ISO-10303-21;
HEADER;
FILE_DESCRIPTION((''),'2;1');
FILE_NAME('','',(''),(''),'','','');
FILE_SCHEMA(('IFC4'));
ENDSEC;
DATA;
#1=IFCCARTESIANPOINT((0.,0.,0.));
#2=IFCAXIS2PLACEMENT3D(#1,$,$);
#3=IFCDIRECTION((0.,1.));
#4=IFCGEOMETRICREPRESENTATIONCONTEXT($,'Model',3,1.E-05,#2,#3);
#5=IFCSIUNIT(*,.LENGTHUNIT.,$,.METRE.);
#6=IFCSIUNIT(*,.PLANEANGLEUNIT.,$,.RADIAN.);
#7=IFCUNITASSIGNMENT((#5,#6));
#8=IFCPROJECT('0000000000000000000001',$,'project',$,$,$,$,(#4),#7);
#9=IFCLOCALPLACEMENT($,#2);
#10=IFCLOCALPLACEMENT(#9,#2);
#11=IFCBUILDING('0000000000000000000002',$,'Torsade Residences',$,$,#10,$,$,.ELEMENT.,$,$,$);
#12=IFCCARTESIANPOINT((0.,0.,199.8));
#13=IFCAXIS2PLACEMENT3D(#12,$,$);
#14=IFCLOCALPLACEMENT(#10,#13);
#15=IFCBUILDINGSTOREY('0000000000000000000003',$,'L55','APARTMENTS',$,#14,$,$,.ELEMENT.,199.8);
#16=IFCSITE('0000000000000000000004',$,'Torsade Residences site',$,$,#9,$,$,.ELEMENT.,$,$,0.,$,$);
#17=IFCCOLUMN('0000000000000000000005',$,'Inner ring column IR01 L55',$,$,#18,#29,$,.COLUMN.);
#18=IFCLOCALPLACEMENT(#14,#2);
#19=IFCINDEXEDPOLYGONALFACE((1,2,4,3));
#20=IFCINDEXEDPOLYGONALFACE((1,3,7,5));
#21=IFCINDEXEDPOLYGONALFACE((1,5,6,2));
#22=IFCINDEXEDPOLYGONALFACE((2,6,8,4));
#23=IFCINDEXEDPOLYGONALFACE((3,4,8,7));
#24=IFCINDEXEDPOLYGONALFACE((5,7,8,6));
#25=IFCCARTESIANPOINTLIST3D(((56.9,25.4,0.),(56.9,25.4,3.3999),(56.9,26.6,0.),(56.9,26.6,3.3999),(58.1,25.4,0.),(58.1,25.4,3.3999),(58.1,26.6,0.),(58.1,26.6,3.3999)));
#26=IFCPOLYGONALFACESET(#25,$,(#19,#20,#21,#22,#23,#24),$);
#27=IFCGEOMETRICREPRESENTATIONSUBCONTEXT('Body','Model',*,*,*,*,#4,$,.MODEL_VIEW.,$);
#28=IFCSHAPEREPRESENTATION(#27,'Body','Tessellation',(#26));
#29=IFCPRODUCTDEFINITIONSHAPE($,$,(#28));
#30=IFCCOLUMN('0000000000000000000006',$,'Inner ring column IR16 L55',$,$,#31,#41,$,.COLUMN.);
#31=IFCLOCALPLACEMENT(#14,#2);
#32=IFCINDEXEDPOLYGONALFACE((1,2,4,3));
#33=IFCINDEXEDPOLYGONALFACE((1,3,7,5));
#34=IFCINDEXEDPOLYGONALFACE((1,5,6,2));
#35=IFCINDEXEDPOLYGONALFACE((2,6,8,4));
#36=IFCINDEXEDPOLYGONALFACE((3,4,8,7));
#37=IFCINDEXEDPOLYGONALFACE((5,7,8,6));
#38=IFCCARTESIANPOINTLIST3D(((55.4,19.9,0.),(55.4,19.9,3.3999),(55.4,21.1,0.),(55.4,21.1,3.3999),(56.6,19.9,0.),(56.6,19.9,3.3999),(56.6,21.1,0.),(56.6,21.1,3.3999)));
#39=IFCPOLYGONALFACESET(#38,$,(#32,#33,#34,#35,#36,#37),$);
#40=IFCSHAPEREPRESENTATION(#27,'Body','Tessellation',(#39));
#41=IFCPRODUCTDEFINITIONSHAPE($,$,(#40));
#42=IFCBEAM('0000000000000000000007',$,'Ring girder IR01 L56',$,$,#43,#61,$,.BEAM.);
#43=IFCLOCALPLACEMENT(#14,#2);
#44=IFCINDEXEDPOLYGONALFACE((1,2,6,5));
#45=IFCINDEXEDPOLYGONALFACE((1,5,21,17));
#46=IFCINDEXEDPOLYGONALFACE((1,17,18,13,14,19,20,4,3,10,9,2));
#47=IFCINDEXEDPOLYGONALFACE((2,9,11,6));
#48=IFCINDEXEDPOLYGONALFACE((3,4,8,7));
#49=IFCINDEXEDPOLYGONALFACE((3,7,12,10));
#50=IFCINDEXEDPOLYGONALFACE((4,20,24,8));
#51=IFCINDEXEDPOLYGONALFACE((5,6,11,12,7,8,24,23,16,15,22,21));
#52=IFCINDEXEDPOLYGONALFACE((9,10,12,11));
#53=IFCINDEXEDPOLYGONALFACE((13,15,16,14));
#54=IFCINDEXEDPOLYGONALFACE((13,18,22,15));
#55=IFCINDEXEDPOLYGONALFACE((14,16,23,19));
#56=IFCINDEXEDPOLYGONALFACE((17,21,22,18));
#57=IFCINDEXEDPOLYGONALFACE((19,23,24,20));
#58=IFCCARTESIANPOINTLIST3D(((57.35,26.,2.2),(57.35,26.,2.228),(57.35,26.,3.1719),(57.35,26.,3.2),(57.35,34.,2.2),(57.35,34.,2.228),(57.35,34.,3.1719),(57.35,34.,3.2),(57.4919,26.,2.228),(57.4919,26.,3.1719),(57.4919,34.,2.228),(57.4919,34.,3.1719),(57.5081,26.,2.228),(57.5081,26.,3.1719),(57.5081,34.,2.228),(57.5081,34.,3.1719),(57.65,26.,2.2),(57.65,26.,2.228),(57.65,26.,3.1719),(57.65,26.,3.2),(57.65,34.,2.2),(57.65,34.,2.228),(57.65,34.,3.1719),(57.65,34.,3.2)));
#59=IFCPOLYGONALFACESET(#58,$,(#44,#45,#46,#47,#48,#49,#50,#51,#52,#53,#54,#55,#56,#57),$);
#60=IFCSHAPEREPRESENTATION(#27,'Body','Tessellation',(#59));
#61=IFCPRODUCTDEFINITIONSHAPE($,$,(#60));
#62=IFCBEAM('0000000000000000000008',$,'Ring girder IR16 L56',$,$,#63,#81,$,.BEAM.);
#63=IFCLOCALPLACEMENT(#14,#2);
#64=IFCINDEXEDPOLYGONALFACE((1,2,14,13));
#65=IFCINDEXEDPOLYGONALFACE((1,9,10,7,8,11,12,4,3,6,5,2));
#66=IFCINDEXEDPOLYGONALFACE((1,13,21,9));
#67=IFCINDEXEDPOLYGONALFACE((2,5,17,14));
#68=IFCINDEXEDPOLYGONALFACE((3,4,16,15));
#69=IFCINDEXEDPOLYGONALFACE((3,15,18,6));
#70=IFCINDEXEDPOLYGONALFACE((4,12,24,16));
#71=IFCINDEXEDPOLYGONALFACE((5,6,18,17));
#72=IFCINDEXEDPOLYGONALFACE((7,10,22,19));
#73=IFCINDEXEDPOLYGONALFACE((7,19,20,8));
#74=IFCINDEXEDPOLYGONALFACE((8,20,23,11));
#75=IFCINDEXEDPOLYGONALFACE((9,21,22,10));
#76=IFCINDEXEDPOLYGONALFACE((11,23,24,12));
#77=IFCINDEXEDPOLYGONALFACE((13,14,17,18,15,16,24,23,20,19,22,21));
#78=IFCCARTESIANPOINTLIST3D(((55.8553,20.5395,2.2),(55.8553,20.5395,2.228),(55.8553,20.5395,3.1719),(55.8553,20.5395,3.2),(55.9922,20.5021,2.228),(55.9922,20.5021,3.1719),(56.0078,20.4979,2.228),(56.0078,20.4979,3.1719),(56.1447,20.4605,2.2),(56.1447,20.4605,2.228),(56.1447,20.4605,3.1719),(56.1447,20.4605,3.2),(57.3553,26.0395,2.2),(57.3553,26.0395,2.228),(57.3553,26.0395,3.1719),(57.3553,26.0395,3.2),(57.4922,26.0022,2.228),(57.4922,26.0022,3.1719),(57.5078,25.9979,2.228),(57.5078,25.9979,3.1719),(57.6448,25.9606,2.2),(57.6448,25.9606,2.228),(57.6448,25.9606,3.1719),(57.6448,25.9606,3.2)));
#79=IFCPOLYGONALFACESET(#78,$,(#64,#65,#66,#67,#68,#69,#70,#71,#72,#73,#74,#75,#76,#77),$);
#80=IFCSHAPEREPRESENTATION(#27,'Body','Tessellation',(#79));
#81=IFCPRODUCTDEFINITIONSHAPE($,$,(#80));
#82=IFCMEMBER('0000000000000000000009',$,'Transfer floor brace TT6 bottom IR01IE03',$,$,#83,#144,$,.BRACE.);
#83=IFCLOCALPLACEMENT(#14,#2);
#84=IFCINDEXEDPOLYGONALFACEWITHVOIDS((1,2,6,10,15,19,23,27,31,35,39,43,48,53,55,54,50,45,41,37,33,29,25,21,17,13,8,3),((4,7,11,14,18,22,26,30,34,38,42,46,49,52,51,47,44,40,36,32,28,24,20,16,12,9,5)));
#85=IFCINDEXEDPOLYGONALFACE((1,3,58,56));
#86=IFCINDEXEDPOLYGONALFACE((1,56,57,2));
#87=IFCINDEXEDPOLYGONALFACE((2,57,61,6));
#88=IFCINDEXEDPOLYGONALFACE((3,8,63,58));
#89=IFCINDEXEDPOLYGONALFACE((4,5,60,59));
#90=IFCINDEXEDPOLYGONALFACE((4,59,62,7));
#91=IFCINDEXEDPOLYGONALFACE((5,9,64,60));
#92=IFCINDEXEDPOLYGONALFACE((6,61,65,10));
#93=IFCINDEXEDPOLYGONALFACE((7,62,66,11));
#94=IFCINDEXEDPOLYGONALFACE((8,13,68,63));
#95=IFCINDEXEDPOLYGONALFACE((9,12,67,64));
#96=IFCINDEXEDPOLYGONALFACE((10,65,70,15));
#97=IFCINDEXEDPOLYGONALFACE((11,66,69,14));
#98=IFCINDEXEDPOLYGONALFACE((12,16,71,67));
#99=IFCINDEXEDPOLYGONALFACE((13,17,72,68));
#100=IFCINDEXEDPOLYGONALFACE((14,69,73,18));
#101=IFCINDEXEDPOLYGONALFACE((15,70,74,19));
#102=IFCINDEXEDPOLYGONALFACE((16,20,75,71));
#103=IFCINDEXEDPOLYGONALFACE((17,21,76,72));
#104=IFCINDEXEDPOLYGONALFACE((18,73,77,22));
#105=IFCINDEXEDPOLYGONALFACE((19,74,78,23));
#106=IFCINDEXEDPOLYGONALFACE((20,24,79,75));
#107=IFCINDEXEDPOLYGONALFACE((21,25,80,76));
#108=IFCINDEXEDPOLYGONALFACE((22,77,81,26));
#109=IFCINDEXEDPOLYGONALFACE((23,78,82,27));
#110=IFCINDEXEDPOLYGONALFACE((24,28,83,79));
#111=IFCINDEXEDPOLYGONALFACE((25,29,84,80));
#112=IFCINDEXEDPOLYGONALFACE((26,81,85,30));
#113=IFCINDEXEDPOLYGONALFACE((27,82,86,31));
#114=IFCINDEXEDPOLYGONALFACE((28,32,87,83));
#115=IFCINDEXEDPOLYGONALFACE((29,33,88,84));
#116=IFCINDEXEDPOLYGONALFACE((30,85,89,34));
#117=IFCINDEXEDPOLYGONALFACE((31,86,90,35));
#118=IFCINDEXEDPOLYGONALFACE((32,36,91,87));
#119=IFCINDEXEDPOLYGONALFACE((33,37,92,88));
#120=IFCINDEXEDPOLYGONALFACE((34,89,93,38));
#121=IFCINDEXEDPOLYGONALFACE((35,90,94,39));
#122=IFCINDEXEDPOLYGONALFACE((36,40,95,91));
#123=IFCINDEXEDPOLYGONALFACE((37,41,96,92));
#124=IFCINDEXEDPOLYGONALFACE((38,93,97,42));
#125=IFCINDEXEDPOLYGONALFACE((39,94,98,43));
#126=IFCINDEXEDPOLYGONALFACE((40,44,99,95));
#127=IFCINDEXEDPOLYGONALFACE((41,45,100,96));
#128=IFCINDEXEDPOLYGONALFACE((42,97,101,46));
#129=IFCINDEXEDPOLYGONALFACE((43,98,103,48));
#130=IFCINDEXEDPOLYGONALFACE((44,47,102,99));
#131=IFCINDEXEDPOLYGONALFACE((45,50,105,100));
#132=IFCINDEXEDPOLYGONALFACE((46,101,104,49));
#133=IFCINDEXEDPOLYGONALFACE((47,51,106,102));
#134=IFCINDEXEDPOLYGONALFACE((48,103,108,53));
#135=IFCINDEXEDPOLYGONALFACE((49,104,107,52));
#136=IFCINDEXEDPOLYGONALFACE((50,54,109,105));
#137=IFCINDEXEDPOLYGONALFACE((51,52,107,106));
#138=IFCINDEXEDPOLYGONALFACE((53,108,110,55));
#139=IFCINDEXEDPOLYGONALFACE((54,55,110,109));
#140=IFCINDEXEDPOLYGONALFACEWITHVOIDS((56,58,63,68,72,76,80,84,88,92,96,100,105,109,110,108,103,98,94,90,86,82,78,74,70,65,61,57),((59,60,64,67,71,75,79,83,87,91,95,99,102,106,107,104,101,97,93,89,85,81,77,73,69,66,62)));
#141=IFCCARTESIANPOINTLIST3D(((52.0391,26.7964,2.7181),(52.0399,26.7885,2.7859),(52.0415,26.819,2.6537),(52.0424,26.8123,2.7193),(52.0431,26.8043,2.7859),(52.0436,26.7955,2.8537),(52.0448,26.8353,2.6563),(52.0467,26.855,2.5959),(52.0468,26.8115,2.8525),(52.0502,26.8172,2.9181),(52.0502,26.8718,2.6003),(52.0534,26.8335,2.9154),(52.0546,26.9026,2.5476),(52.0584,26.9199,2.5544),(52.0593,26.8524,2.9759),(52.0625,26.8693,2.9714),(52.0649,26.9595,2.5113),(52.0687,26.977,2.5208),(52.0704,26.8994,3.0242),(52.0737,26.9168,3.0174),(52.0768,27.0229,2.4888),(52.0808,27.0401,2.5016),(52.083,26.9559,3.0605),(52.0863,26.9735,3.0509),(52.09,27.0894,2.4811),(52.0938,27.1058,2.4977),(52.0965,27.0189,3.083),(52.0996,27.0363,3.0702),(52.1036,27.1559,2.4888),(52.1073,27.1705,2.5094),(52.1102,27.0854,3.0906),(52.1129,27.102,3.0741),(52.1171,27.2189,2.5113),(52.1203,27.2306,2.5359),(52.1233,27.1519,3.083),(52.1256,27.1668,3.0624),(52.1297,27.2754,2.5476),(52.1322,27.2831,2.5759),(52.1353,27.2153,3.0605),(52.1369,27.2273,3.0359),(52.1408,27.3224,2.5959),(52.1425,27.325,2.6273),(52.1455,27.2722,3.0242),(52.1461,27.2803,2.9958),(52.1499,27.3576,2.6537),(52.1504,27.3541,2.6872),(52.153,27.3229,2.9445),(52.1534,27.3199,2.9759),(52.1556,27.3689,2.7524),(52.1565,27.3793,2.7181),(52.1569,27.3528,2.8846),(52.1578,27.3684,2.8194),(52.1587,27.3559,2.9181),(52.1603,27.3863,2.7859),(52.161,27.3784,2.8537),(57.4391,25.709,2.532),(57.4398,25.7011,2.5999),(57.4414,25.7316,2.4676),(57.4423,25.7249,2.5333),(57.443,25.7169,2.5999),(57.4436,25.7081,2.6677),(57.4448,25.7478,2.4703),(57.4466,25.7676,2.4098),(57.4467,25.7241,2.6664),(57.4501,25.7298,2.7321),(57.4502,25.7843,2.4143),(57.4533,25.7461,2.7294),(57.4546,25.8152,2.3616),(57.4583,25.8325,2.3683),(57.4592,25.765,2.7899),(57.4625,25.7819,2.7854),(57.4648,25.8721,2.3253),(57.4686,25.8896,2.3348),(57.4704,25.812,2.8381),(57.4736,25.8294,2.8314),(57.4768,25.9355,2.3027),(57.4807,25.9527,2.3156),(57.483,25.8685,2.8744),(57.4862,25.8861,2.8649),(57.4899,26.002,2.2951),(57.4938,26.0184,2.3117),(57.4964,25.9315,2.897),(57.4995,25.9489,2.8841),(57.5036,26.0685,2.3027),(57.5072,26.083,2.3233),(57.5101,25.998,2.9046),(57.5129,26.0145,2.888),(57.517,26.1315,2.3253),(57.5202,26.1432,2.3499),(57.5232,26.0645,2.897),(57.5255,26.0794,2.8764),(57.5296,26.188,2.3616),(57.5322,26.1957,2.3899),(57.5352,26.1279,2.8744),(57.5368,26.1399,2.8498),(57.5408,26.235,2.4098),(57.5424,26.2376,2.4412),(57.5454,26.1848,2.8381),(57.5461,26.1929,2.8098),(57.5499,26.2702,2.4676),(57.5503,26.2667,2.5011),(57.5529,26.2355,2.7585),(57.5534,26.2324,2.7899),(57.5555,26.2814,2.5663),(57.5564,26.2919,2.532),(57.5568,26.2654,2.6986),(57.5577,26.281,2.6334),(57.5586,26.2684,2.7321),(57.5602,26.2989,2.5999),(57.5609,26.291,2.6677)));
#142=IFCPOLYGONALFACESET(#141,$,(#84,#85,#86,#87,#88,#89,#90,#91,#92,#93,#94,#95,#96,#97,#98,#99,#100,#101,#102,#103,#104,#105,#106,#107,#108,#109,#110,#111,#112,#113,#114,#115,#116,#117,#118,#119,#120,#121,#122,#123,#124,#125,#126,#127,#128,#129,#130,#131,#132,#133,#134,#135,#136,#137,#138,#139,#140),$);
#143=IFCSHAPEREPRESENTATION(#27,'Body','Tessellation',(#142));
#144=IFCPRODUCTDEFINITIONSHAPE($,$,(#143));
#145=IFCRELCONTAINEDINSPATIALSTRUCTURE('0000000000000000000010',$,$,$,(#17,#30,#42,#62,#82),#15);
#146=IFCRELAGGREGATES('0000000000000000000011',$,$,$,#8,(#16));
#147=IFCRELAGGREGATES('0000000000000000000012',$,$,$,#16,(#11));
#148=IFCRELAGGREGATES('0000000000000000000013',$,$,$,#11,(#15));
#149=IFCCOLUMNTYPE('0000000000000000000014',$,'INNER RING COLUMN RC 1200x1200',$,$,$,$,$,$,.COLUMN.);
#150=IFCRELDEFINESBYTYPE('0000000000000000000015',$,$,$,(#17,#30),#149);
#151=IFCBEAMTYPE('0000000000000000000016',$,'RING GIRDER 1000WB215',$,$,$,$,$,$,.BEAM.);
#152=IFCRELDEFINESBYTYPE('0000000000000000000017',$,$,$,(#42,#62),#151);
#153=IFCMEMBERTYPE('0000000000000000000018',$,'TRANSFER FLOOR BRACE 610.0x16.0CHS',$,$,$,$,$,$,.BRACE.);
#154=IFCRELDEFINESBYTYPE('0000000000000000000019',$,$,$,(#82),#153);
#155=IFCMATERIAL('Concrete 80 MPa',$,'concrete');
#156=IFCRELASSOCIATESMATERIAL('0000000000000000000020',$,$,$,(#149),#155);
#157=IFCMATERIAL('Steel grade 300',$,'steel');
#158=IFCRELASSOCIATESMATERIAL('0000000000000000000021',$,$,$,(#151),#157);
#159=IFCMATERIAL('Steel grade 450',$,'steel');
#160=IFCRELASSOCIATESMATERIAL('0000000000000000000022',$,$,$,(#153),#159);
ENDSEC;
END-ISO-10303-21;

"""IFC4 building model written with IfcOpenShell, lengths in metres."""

from ifc_helpers import new_model, si_unit, direction, frame, origin, origin_2d, place, context, subcontext, project, spatial, rectangle, hollow_circle, i_section, extrude, material, material_profile, profile_set, type_object, element, save


model = new_model("IFC4")

# Units and contexts
model_context = context("Model", 3, precision=1e-05, world=origin(), true_north=direction((0.0, 1.0)))
body_context = subcontext(model_context, "Body", "Model", "MODEL_VIEW")
ifc_project = project(units=[si_unit("LENGTHUNIT", "METRE"), si_unit("PLANEANGLEUNIT", "RADIAN")], contexts=[model_context])

# Site, building, storey
site_placement = place(None, origin())
site = spatial("IfcSite", under=ifc_project, at=site_placement, Name="Torsade Residences site", CompositionType="ELEMENT", RefElevation=0.0)
building_placement = place(site_placement, origin())
building = spatial("IfcBuilding", under=site, at=building_placement, Name="Torsade Residences", CompositionType="ELEMENT")
storey_placement = place(building_placement, frame((0.0, 0.0, 199.8)))
storey = spatial("IfcBuildingStorey", under=building, at=storey_placement, Name="L55", Description="APARTMENTS", CompositionType="ELEMENT", Elevation=199.8)

# Columns
ifc_material_1 = material(Name="Concrete 80 MPa", Category="concrete")
ifc_material_profile_1 = material_profile(ifc_material_1, rectangle(XDim=1.2, YDim=1.2, at=origin_2d()), Name="RC 1200x1200")
ifc_profile_set_1 = profile_set([ifc_material_profile_1], Name="Concrete 80 MPa")
column_type = type_object("IfcColumnType", Name="INNER RING COLUMN RC 1200x1200", PredefinedType="COLUMN", material=ifc_profile_set_1)
for number, where, z_axis, x_axis, name in (
    (1, (57.5, 26.0, 0.0), (0.0, 0.0, 1.0), (1.0, 0.0, 0.0), "Inner ring column IR01 L55"),
    (2, (56.0, 20.5, 0.0), (0.0, 0.0, 1.0), (1.0, 0.0, 0.0), "Inner ring column IR16 L55"),
):
    element("IfcColumn", number, at=place(storey_placement, frame(where, z_axis=z_axis, x_axis=x_axis)), inside=storey, type_object=column_type, Name=name, PredefinedType="COLUMN", context=body_context, shape_type="SweptSolid", body=[
        extrude(rectangle(XDim=1.2, YDim=1.2, at=origin_2d()), origin(), (0.0, 0.0, 1.0), 3.3999),
    ])

# Beams
ifc_material_2 = material(Name="Steel grade 300", Category="steel")
ifc_material_profile_2 = material_profile(ifc_material_2, i_section(OverallWidth=0.3, OverallDepth=1.0, WebThickness=0.0161, FlangeThickness=0.0281, at=origin_2d()), Name="1000WB215")
ifc_profile_set_2 = profile_set([ifc_material_profile_2], Name="Steel grade 300")
beam_type = type_object("IfcBeamType", Name="RING GIRDER 1000WB215", PredefinedType="BEAM", material=ifc_profile_set_2)
beam_1_placement = place(storey_placement, frame((57.5, 26.0, 2.7), z_axis=(0.0, 1.0, 0.0), x_axis=(-1.0, 0.0, 0.0)))
element("IfcBeam", 3, at=beam_1_placement, inside=storey, type_object=beam_type, Name="Ring girder IR01 L56", PredefinedType="BEAM", context=body_context, shape_type="SweptSolid", body=[
    extrude(i_section(OverallWidth=0.3, OverallDepth=1.0, WebThickness=0.0161, FlangeThickness=0.0281, at=origin_2d()), origin(), (0.0, 0.0, 1.0), 8.0),
])
beam_2_placement = place(storey_placement, frame((56.0, 20.5, 2.7), z_axis=(0.263117, 0.964764, 0.0), x_axis=(-0.964764, 0.263117, 0.0)))
element("IfcBeam", 4, at=beam_2_placement, inside=storey, type_object=beam_type, Name="Ring girder IR16 L56", PredefinedType="BEAM", context=body_context, shape_type="SweptSolid", body=[
    extrude(i_section(OverallWidth=0.3, OverallDepth=1.0, WebThickness=0.0161, FlangeThickness=0.0281, at=origin_2d()), origin(), (0.0, 0.0, 1.0), 5.7009),
])

# Member
ifc_material_3 = material(Name="Steel grade 450", Category="steel")
ifc_material_profile_3 = material_profile(ifc_material_3, hollow_circle(Radius=0.3049, WallThickness=0.0161, at=origin_2d()), Name="610.0x16.0CHS")
ifc_profile_set_3 = profile_set([ifc_material_profile_3], Name="Steel grade 450")
member_type = type_object("IfcMemberType", Name="TRANSFER FLOOR BRACE 610.0x16.0CHS", PredefinedType="BRACE", material=ifc_profile_set_3)
member_1_placement = place(storey_placement, frame((57.5, 26.0, 2.5999), z_axis=(-0.979762, 0.197299, 0.033754), x_axis=(-0.197412, -0.980321, 0.0)))
element("IfcMember", 5, at=member_1_placement, inside=storey, type_object=member_type, Name="Transfer floor brace TT6 bottom IR01IE03", PredefinedType="BRACE", context=body_context, shape_type="SweptSolid", body=[
    extrude(hollow_circle(Radius=0.3049, WallThickness=0.0161, at=origin_2d()), origin(), (0.0, 0.0, 1.0), 5.5115),
])

save(model, "model.ifc")
